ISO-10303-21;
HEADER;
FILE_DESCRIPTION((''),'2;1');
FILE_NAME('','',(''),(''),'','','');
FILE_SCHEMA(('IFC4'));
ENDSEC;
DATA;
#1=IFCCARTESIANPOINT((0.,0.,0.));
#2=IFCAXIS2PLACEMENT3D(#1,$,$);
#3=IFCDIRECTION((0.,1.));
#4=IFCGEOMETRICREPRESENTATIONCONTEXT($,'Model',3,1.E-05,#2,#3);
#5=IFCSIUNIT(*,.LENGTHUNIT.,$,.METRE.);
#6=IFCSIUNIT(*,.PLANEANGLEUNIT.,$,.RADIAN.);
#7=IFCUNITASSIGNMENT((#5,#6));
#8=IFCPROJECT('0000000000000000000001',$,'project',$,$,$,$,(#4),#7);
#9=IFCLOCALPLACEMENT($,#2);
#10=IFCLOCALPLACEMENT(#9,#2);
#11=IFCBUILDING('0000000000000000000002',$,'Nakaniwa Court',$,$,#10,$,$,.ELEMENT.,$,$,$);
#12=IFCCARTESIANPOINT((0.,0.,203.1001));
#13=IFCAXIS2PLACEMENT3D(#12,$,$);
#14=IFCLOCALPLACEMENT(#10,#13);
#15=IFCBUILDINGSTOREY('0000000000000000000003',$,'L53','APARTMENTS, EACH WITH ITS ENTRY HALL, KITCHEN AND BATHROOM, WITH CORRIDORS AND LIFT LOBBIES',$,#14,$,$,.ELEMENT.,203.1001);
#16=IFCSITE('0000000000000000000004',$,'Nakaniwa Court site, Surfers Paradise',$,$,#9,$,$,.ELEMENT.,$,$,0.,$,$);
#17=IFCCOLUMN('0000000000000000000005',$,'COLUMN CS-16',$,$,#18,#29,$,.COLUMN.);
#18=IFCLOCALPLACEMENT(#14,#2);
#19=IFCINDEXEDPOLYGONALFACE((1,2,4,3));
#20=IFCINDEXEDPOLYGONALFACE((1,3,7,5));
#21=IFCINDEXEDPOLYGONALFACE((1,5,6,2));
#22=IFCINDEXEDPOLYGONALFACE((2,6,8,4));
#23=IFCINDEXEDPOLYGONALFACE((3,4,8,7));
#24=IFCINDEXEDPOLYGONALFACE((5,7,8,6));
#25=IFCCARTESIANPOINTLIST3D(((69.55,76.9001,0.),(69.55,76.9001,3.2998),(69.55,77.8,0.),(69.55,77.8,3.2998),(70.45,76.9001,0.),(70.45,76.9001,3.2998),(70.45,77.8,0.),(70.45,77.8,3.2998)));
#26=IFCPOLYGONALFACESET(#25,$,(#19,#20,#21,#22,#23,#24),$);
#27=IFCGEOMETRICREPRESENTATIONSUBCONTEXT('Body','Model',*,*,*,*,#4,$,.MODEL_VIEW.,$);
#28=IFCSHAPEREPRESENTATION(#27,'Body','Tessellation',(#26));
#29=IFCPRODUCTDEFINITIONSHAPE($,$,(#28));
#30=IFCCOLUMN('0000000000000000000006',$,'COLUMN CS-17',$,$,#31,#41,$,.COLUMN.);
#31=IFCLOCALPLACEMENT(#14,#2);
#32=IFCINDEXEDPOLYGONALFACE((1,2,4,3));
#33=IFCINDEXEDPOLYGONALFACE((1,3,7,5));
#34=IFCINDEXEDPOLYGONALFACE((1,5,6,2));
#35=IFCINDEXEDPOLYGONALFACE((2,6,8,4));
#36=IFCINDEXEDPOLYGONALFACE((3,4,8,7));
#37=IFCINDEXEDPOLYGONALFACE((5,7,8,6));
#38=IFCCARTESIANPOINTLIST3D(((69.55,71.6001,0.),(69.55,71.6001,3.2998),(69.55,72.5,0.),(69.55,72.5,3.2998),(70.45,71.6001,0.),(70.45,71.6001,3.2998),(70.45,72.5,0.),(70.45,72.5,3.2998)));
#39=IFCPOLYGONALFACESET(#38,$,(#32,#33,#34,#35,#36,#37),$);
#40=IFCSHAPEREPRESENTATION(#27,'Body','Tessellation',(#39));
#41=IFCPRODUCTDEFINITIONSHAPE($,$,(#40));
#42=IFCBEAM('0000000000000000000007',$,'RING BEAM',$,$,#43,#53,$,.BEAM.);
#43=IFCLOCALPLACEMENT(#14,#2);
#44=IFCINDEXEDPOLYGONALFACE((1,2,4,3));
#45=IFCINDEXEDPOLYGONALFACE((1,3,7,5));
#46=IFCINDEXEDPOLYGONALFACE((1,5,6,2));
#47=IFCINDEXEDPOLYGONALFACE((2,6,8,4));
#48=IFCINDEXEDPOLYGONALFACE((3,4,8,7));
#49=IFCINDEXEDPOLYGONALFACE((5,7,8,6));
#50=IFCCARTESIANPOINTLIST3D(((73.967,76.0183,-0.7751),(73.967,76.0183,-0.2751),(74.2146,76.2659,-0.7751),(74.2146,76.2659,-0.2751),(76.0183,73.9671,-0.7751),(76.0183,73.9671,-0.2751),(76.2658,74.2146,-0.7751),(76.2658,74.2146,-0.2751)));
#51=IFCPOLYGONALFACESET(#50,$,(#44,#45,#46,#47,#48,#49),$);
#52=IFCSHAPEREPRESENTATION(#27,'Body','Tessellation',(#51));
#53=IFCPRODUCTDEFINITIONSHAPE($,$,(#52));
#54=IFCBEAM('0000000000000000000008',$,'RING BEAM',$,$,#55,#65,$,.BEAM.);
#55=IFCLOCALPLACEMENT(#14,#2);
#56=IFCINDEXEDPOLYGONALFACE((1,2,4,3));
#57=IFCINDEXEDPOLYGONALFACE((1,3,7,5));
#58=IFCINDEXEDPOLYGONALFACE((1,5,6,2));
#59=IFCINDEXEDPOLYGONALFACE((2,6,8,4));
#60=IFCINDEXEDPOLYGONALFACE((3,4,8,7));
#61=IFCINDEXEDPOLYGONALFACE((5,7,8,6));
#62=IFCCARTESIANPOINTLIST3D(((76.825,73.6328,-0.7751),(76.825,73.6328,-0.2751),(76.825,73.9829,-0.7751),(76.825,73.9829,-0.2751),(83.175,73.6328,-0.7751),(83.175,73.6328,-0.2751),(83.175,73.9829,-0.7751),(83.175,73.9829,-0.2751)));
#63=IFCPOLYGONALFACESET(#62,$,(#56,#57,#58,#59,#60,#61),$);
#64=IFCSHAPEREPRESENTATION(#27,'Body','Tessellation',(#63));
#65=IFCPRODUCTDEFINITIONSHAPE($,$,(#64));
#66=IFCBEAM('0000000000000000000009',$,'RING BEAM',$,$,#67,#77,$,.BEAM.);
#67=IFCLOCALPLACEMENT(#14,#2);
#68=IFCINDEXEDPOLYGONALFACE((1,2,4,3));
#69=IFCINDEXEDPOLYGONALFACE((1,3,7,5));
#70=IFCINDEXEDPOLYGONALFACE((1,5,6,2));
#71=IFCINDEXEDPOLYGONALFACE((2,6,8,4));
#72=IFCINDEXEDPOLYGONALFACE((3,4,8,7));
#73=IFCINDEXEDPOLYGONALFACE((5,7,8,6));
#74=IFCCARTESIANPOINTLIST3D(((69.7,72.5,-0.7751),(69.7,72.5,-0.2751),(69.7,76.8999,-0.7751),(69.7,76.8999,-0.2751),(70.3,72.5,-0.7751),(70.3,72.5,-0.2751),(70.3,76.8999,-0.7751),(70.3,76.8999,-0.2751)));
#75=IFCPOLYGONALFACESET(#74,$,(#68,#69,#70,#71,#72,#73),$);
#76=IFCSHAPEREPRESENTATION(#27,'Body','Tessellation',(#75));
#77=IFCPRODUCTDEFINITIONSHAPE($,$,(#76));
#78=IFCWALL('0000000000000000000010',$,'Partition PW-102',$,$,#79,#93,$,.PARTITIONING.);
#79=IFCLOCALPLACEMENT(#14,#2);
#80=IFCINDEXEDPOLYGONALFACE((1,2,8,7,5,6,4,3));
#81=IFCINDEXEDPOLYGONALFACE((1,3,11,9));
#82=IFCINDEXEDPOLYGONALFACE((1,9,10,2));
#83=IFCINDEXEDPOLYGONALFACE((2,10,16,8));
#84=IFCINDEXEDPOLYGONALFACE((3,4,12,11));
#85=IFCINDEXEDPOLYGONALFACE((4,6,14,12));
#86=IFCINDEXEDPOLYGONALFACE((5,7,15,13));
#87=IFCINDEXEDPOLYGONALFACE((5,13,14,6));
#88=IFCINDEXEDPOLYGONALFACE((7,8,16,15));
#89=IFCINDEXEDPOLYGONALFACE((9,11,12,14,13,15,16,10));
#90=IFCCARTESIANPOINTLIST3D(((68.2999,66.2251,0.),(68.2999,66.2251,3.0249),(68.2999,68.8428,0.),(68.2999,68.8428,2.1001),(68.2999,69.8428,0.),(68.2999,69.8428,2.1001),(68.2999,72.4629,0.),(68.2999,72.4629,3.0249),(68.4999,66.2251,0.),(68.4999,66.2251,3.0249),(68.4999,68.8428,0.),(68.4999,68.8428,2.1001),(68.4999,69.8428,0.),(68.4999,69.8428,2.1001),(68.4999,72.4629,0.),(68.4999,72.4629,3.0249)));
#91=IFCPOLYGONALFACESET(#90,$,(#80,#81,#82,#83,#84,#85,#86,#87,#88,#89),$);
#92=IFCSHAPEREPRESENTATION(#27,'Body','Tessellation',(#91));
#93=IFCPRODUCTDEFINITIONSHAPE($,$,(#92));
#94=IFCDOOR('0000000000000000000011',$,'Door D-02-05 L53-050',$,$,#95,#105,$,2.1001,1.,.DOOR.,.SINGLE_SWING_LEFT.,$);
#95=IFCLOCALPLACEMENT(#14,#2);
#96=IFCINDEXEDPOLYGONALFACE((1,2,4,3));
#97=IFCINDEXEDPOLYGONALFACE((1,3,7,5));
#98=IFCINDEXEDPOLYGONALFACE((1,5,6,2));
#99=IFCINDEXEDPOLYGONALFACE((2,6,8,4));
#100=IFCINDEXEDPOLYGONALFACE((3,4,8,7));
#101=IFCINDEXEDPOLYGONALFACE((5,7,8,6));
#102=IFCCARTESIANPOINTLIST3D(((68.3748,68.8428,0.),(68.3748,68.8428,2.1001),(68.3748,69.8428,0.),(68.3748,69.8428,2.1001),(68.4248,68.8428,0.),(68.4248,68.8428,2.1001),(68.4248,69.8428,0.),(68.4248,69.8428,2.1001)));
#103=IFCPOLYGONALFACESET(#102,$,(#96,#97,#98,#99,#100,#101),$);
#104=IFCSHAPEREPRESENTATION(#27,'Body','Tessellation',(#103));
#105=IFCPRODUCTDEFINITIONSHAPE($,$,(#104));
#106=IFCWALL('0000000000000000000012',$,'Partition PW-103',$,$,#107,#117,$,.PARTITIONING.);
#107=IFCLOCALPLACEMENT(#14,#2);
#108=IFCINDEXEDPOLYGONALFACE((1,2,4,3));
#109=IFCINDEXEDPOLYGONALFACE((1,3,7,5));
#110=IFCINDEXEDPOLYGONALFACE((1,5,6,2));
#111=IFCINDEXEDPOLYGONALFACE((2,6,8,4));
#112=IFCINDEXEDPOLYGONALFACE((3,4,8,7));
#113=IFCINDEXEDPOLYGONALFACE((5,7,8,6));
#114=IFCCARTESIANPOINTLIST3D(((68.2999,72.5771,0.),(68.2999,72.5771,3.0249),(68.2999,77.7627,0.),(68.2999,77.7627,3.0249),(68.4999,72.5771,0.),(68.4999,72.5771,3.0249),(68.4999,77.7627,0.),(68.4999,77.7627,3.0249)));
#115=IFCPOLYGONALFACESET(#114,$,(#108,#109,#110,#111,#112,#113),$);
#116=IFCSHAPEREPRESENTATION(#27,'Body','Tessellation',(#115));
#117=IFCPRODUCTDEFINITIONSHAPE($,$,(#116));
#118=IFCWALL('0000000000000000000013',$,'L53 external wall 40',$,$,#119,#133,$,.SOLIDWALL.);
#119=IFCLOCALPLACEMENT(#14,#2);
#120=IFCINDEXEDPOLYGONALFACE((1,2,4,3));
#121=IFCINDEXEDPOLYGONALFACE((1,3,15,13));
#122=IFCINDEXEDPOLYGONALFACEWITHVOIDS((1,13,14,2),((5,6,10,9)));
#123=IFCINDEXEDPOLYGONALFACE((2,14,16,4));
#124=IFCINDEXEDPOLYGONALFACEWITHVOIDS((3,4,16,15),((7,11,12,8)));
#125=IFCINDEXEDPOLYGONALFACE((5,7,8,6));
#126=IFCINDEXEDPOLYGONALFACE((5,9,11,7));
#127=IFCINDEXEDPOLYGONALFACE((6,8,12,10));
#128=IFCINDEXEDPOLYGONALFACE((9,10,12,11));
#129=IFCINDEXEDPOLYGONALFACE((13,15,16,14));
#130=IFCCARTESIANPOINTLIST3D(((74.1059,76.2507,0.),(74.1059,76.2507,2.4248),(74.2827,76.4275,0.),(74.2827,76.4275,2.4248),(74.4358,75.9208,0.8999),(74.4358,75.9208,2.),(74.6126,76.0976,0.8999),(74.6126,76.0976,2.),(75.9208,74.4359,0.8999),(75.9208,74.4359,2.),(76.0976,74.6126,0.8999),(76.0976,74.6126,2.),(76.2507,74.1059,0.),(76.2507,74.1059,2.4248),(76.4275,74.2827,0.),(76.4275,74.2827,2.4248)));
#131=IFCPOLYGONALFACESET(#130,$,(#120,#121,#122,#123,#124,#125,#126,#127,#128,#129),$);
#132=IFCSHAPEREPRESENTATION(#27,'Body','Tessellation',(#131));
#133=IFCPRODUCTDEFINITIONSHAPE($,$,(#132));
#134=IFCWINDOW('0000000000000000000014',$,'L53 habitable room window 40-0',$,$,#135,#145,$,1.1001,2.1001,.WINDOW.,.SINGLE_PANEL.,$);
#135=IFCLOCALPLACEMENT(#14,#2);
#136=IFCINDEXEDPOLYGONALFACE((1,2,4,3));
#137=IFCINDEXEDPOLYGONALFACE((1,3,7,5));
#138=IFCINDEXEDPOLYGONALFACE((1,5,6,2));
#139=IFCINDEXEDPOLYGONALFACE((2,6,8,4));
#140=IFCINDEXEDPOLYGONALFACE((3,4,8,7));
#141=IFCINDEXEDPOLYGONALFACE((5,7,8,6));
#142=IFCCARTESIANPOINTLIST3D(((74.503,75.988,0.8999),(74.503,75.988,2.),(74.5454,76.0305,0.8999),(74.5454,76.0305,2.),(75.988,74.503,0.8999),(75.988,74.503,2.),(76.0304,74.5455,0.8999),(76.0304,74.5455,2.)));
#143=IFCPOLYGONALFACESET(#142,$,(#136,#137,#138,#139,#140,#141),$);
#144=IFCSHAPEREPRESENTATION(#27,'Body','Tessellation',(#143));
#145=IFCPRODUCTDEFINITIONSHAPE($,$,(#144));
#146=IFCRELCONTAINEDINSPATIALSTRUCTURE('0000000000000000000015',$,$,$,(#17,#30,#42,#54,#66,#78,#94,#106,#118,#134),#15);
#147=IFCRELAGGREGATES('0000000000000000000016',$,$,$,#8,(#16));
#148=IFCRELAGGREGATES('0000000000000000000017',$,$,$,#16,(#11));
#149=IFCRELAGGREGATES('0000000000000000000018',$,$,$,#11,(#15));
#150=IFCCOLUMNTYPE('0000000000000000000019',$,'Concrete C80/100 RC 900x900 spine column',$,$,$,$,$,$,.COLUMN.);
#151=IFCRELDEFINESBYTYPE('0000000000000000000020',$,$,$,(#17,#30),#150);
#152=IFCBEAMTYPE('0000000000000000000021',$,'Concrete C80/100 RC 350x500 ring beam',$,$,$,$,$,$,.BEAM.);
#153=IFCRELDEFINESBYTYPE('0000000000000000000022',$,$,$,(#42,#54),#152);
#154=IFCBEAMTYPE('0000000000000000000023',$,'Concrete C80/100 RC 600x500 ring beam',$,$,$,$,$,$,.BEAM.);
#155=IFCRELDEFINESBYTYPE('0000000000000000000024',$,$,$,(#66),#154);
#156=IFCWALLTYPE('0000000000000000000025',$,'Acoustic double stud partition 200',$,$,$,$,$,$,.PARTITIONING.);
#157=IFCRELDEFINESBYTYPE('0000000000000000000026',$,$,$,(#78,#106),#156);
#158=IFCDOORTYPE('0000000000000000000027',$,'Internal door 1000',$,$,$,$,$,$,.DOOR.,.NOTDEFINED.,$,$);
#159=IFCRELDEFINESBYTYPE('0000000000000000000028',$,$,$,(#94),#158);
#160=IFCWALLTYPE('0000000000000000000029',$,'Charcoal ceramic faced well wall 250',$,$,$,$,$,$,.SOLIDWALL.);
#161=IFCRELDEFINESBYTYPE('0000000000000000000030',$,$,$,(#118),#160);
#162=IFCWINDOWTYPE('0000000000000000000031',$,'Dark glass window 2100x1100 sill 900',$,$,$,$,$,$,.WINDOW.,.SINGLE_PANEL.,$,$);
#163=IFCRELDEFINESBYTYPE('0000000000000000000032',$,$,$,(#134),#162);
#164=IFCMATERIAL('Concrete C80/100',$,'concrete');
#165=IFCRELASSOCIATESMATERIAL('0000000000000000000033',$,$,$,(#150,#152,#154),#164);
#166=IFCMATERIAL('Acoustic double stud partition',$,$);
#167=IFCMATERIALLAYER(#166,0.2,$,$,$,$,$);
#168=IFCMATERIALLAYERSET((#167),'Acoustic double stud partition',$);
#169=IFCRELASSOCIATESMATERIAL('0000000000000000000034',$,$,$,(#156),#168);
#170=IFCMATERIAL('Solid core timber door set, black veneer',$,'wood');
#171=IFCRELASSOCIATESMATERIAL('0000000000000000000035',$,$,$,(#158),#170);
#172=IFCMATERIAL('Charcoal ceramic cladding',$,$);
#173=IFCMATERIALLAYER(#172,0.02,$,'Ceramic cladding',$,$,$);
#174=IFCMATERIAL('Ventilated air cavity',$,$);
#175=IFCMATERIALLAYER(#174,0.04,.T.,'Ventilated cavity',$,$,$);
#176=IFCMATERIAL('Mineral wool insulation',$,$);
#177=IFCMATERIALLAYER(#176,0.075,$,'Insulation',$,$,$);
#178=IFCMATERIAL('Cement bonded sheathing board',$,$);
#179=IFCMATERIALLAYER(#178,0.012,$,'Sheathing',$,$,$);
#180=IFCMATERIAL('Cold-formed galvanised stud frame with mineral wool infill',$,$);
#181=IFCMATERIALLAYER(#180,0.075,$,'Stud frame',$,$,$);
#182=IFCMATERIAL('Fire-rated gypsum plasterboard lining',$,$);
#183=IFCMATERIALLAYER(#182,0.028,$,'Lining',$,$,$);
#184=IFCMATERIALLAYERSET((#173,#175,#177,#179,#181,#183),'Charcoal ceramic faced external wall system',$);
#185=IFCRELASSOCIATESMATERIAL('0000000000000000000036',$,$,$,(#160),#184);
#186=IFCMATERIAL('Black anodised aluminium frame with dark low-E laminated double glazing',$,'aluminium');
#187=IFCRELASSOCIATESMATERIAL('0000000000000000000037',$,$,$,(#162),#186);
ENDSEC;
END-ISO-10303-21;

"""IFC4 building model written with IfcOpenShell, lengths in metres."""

from ifc_helpers import new_model, si_unit, direction, frame, frame_2d, origin, origin_2d, place, context, subcontext, project, spatial, rectangle, extrude, material, layer, layer_set, material_profile, profile_set, type_object, element, fill, save


model = new_model("IFC4")

# Units and contexts
model_context = context("Model", 3, precision=1e-05, world=origin(), true_north=direction((0.0, 1.0)))
body_context = subcontext(model_context, "Body", "Model", "MODEL_VIEW")
ifc_project = project(units=[si_unit("LENGTHUNIT", "METRE"), si_unit("PLANEANGLEUNIT", "RADIAN")], contexts=[model_context])

# Site, building, storey
site_placement = place(None, origin())
site = spatial("IfcSite", under=ifc_project, at=site_placement, Name="Nakaniwa Court site, Surfers Paradise", CompositionType="ELEMENT", RefElevation=0.0)
building_placement = place(site_placement, origin())
building = spatial("IfcBuilding", under=site, at=building_placement, Name="Nakaniwa Court", CompositionType="ELEMENT")
storey_placement = place(building_placement, frame((0.0, 0.0, 203.1001)))
storey = spatial("IfcBuildingStorey", under=building, at=storey_placement, Name="L53", Description="APARTMENTS, EACH WITH ITS ENTRY HALL, KITCHEN AND BATHROOM, WITH CORRIDORS AND LIFT LOBBIES", CompositionType="ELEMENT", Elevation=203.1001)

# Columns
ifc_material_1 = material(Name="Concrete C80/100", Category="concrete")
ifc_material_profile_1 = material_profile(ifc_material_1, rectangle(XDim=0.8999, YDim=0.8999, at=origin_2d()), Name="Concrete C80/100 RC 900x900 spine column")
ifc_profile_set_1 = profile_set([ifc_material_profile_1], Name="Concrete C80/100")
column_type_1 = type_object("IfcColumnType", Name="Concrete C80/100 RC 900x900 spine column", PredefinedType="COLUMN", material=ifc_profile_set_1)
for number, where, z_axis, x_axis, name in (
    (1, (70.0, 77.3501, 0.0), (0.0, 0.0, 1.0), (0.0, -1.0, 0.0), "COLUMN CS-16"),
    (2, (70.0, 72.05, 0.0), (0.0, 0.0, 1.0), (0.0, -1.0, 0.0), "COLUMN CS-17"),
):
    element("IfcColumn", number, at=place(storey_placement, frame(where, z_axis=z_axis, x_axis=x_axis)), inside=storey, type_object=column_type_1, Name=name, PredefinedType="COLUMN", context=body_context, shape_type="SweptSolid", body=[
        extrude(rectangle(XDim=0.8999, YDim=0.8999, at=origin_2d()), origin(), (0.0, 0.0, 1.0), 3.2998),
    ])

# Beams
ifc_material_profile_2 = material_profile(ifc_material_1, rectangle(XDim=0.3501, YDim=0.5, at=origin_2d()), Name="Concrete C80/100 RC 350x500 ring beam")
ifc_profile_set_2 = profile_set([ifc_material_profile_2], Name="Concrete C80/100")
beam_type_1 = type_object("IfcBeamType", Name="Concrete C80/100 RC 350x500 ring beam", PredefinedType="BEAM", material=ifc_profile_set_2)
beam_1_placement = place(storey_placement, frame((74.0908, 76.1421, -0.5251), z_axis=(0.707107, -0.707107, 0.0), x_axis=(0.707107, 0.707107, 0.0)))
element("IfcBeam", 3, at=beam_1_placement, inside=storey, type_object=beam_type_1, Name="RING BEAM", PredefinedType="BEAM", context=body_context, shape_type="SweptSolid", body=[
    extrude(rectangle(XDim=0.3501, YDim=0.5, at=origin_2d()), origin(), (0.0, 0.0, 1.0), 2.9009),
])
beam_2_placement = place(storey_placement, frame((76.825, 73.8079, -0.5251), z_axis=(1.0, 0.0, 0.0), x_axis=(0.0, 1.0, 0.0)))
element("IfcBeam", 4, at=beam_2_placement, inside=storey, type_object=beam_type_1, Name="RING BEAM", PredefinedType="BEAM", context=body_context, shape_type="SweptSolid", body=[
    extrude(rectangle(XDim=0.3501, YDim=0.5, at=origin_2d()), origin(), (0.0, 0.0, 1.0), 6.3501),
])
ifc_material_profile_3 = material_profile(ifc_material_1, rectangle(XDim=0.6001, YDim=0.5, at=origin_2d()), Name="Concrete C80/100 RC 600x500 ring beam")
ifc_profile_set_3 = profile_set([ifc_material_profile_3], Name="Concrete C80/100")
beam_type_2 = type_object("IfcBeamType", Name="Concrete C80/100 RC 600x500 ring beam", PredefinedType="BEAM", material=ifc_profile_set_3)
beam_3_placement = place(storey_placement, frame((70.0, 76.8999, -0.5251), z_axis=(0.0, -1.0, 0.0), x_axis=(1.0, 0.0, 0.0)))
element("IfcBeam", 5, at=beam_3_placement, inside=storey, type_object=beam_type_2, Name="RING BEAM", PredefinedType="BEAM", context=body_context, shape_type="SweptSolid", body=[
    extrude(rectangle(XDim=0.6001, YDim=0.5, at=origin_2d()), origin(), (0.0, 0.0, 1.0), 4.3999),
])

# Wall, opening, door
ifc_material_2 = material(Name="Acoustic double stud partition")
ifc_layer_1 = layer(ifc_material_2, 0.2)
ifc_layer_set_1 = layer_set([ifc_layer_1], Name="Acoustic double stud partition")
wall_type_1 = type_object("IfcWallType", Name="Acoustic double stud partition 200", PredefinedType="PARTITIONING", material=ifc_layer_set_1)
wall_1_placement = place(storey_placement, frame((68.3999, 72.4629, 0.0), z_axis=(0.0, 0.0, 1.0), x_axis=(0.0, -1.0, 0.0)))
wall_1 = element("IfcWall", 6, at=wall_1_placement, inside=storey, type_object=wall_type_1, Name="Partition PW-102", PredefinedType="PARTITIONING", context=body_context, shape_type="SweptSolid", body=[
    extrude(rectangle(XDim=6.2378, YDim=0.2, at=frame_2d((3.1189, 0.0))), origin(), (0.0, 0.0, 1.0), 3.0249),
])
opening_1_placement = place(wall_1_placement, frame((2.6201, 0.0, 0.0)))
opening_1 = element("IfcOpeningElement", 7, at=opening_1_placement, cuts=wall_1, PredefinedType="OPENING", context=body_context, shape_type="SweptSolid", body=[
    extrude(rectangle(XDim=1.0, YDim=2.1001, at=frame_2d((0.5, 1.05))), frame((0.0, 0.1099, 0.0), z_axis=(0.0, -1.0, 0.0), x_axis=(1.0, 0.0, 0.0)), (0.0, 0.0, 1.0), 0.22),
])
ifc_material_3 = material(Name="Solid core timber door set, black veneer", Category="wood")
door_type_1 = type_object("IfcDoorType", Name="Internal door 1000", OperationType="NOTDEFINED", PredefinedType="DOOR", material=ifc_material_3)
door_1_placement = place(opening_1_placement, origin())
door_1 = element("IfcDoor", 8, at=door_1_placement, inside=storey, type_object=door_type_1, Name="Door D-02-05 L53-050", OperationType="SINGLE_SWING_LEFT", OverallHeight=2.1001, OverallWidth=1.0, PredefinedType="DOOR", context=body_context, shape_type="SweptSolid", body=[
    extrude(rectangle(XDim=1.0, YDim=2.1001, at=frame_2d((0.5, 1.05))), frame((0.0, 0.0249, 0.0), z_axis=(0.0, -1.0, 0.0), x_axis=(1.0, 0.0, 0.0)), (0.0, 0.0, 1.0), 0.05),
])
fill(opening_1, door_1)

# Wall
wall_2_placement = place(storey_placement, frame((68.3999, 72.5771, 0.0), z_axis=(0.0, 0.0, 1.0), x_axis=(0.0, 1.0, 0.0)))
element("IfcWall", 9, at=wall_2_placement, inside=storey, type_object=wall_type_1, Name="Partition PW-103", PredefinedType="PARTITIONING", context=body_context, shape_type="SweptSolid", body=[
    extrude(rectangle(XDim=5.1855, YDim=0.2, at=frame_2d((2.5928, 0.0))), origin(), (0.0, 0.0, 1.0), 3.0249),
])

# Wall, opening, window
ifc_material_4 = material(Name="Charcoal ceramic cladding")
ifc_layer_2 = layer(ifc_material_4, 0.02, Name="Ceramic cladding")
ifc_material_5 = material(Name="Ventilated air cavity")
ifc_layer_3 = layer(ifc_material_5, 0.04, ventilated=True, Name="Ventilated cavity")
ifc_material_6 = material(Name="Mineral wool insulation")
ifc_layer_4 = layer(ifc_material_6, 0.075, Name="Insulation")
ifc_material_7 = material(Name="Cement bonded sheathing board")
ifc_layer_5 = layer(ifc_material_7, 0.012, Name="Sheathing")
ifc_material_8 = material(Name="Cold-formed galvanised stud frame with mineral wool infill")
ifc_layer_6 = layer(ifc_material_8, 0.075, Name="Stud frame")
ifc_material_9 = material(Name="Fire-rated gypsum plasterboard lining")
ifc_layer_7 = layer(ifc_material_9, 0.028, Name="Lining")
ifc_layer_set_2 = layer_set([ifc_layer_2, ifc_layer_3, ifc_layer_4, ifc_layer_5, ifc_layer_6, ifc_layer_7], Name="Charcoal ceramic faced external wall system")
wall_type_2 = type_object("IfcWallType", Name="Charcoal ceramic faced well wall 250", PredefinedType="SOLIDWALL", material=ifc_layer_set_2)
wall_3_placement = place(storey_placement, frame((76.3391, 74.1943, 0.0), z_axis=(0.0, 0.0, 1.0), x_axis=(-0.707107, 0.707107, 0.0)))
wall_3 = element("IfcWall", 10, at=wall_3_placement, inside=storey, type_object=wall_type_2, Name="L53 external wall 40", PredefinedType="SOLIDWALL", context=body_context, shape_type="SweptSolid", body=[
    extrude(rectangle(XDim=3.0332, YDim=0.25, at=frame_2d((1.5166, 0.0))), origin(), (0.0, 0.0, 1.0), 2.4248),
])
opening_2_placement = place(wall_3_placement, frame((0.4666, 0.0, 0.8999)))
opening_2 = element("IfcOpeningElement", 11, at=opening_2_placement, cuts=wall_3, PredefinedType="OPENING", context=body_context, shape_type="SweptSolid", body=[
    extrude(rectangle(XDim=2.1001, YDim=1.1001, at=frame_2d((1.05, 0.55))), frame((0.0, 0.135, 0.0), z_axis=(0.0, -1.0, 0.0), x_axis=(1.0, 0.0, 0.0)), (0.0, 0.0, 1.0), 0.27),
])
ifc_material_10 = material(Name="Black anodised aluminium frame with dark low-E laminated double glazing", Category="aluminium")
window_type = type_object("IfcWindowType", Name="Dark glass window 2100x1100 sill 900", PartitioningType="SINGLE_PANEL", PredefinedType="WINDOW", material=ifc_material_10)
window_1_placement = place(opening_2_placement, origin())
window_1 = element("IfcWindow", 12, at=window_1_placement, inside=storey, type_object=window_type, Name="L53 habitable room window 40-0", OverallHeight=1.1001, OverallWidth=2.1001, PartitioningType="SINGLE_PANEL", PredefinedType="WINDOW", context=body_context, shape_type="SweptSolid", body=[
    extrude(rectangle(XDim=2.1001, YDim=1.1001, at=frame_2d((1.05, 0.55))), frame((0.0, 0.03, 0.0), z_axis=(0.0, -1.0, 0.0), x_axis=(1.0, 0.0, 0.0)), (0.0, 0.0, 1.0), 0.0601),
])
fill(opening_2, window_1)

save(model, "model.ifc")
